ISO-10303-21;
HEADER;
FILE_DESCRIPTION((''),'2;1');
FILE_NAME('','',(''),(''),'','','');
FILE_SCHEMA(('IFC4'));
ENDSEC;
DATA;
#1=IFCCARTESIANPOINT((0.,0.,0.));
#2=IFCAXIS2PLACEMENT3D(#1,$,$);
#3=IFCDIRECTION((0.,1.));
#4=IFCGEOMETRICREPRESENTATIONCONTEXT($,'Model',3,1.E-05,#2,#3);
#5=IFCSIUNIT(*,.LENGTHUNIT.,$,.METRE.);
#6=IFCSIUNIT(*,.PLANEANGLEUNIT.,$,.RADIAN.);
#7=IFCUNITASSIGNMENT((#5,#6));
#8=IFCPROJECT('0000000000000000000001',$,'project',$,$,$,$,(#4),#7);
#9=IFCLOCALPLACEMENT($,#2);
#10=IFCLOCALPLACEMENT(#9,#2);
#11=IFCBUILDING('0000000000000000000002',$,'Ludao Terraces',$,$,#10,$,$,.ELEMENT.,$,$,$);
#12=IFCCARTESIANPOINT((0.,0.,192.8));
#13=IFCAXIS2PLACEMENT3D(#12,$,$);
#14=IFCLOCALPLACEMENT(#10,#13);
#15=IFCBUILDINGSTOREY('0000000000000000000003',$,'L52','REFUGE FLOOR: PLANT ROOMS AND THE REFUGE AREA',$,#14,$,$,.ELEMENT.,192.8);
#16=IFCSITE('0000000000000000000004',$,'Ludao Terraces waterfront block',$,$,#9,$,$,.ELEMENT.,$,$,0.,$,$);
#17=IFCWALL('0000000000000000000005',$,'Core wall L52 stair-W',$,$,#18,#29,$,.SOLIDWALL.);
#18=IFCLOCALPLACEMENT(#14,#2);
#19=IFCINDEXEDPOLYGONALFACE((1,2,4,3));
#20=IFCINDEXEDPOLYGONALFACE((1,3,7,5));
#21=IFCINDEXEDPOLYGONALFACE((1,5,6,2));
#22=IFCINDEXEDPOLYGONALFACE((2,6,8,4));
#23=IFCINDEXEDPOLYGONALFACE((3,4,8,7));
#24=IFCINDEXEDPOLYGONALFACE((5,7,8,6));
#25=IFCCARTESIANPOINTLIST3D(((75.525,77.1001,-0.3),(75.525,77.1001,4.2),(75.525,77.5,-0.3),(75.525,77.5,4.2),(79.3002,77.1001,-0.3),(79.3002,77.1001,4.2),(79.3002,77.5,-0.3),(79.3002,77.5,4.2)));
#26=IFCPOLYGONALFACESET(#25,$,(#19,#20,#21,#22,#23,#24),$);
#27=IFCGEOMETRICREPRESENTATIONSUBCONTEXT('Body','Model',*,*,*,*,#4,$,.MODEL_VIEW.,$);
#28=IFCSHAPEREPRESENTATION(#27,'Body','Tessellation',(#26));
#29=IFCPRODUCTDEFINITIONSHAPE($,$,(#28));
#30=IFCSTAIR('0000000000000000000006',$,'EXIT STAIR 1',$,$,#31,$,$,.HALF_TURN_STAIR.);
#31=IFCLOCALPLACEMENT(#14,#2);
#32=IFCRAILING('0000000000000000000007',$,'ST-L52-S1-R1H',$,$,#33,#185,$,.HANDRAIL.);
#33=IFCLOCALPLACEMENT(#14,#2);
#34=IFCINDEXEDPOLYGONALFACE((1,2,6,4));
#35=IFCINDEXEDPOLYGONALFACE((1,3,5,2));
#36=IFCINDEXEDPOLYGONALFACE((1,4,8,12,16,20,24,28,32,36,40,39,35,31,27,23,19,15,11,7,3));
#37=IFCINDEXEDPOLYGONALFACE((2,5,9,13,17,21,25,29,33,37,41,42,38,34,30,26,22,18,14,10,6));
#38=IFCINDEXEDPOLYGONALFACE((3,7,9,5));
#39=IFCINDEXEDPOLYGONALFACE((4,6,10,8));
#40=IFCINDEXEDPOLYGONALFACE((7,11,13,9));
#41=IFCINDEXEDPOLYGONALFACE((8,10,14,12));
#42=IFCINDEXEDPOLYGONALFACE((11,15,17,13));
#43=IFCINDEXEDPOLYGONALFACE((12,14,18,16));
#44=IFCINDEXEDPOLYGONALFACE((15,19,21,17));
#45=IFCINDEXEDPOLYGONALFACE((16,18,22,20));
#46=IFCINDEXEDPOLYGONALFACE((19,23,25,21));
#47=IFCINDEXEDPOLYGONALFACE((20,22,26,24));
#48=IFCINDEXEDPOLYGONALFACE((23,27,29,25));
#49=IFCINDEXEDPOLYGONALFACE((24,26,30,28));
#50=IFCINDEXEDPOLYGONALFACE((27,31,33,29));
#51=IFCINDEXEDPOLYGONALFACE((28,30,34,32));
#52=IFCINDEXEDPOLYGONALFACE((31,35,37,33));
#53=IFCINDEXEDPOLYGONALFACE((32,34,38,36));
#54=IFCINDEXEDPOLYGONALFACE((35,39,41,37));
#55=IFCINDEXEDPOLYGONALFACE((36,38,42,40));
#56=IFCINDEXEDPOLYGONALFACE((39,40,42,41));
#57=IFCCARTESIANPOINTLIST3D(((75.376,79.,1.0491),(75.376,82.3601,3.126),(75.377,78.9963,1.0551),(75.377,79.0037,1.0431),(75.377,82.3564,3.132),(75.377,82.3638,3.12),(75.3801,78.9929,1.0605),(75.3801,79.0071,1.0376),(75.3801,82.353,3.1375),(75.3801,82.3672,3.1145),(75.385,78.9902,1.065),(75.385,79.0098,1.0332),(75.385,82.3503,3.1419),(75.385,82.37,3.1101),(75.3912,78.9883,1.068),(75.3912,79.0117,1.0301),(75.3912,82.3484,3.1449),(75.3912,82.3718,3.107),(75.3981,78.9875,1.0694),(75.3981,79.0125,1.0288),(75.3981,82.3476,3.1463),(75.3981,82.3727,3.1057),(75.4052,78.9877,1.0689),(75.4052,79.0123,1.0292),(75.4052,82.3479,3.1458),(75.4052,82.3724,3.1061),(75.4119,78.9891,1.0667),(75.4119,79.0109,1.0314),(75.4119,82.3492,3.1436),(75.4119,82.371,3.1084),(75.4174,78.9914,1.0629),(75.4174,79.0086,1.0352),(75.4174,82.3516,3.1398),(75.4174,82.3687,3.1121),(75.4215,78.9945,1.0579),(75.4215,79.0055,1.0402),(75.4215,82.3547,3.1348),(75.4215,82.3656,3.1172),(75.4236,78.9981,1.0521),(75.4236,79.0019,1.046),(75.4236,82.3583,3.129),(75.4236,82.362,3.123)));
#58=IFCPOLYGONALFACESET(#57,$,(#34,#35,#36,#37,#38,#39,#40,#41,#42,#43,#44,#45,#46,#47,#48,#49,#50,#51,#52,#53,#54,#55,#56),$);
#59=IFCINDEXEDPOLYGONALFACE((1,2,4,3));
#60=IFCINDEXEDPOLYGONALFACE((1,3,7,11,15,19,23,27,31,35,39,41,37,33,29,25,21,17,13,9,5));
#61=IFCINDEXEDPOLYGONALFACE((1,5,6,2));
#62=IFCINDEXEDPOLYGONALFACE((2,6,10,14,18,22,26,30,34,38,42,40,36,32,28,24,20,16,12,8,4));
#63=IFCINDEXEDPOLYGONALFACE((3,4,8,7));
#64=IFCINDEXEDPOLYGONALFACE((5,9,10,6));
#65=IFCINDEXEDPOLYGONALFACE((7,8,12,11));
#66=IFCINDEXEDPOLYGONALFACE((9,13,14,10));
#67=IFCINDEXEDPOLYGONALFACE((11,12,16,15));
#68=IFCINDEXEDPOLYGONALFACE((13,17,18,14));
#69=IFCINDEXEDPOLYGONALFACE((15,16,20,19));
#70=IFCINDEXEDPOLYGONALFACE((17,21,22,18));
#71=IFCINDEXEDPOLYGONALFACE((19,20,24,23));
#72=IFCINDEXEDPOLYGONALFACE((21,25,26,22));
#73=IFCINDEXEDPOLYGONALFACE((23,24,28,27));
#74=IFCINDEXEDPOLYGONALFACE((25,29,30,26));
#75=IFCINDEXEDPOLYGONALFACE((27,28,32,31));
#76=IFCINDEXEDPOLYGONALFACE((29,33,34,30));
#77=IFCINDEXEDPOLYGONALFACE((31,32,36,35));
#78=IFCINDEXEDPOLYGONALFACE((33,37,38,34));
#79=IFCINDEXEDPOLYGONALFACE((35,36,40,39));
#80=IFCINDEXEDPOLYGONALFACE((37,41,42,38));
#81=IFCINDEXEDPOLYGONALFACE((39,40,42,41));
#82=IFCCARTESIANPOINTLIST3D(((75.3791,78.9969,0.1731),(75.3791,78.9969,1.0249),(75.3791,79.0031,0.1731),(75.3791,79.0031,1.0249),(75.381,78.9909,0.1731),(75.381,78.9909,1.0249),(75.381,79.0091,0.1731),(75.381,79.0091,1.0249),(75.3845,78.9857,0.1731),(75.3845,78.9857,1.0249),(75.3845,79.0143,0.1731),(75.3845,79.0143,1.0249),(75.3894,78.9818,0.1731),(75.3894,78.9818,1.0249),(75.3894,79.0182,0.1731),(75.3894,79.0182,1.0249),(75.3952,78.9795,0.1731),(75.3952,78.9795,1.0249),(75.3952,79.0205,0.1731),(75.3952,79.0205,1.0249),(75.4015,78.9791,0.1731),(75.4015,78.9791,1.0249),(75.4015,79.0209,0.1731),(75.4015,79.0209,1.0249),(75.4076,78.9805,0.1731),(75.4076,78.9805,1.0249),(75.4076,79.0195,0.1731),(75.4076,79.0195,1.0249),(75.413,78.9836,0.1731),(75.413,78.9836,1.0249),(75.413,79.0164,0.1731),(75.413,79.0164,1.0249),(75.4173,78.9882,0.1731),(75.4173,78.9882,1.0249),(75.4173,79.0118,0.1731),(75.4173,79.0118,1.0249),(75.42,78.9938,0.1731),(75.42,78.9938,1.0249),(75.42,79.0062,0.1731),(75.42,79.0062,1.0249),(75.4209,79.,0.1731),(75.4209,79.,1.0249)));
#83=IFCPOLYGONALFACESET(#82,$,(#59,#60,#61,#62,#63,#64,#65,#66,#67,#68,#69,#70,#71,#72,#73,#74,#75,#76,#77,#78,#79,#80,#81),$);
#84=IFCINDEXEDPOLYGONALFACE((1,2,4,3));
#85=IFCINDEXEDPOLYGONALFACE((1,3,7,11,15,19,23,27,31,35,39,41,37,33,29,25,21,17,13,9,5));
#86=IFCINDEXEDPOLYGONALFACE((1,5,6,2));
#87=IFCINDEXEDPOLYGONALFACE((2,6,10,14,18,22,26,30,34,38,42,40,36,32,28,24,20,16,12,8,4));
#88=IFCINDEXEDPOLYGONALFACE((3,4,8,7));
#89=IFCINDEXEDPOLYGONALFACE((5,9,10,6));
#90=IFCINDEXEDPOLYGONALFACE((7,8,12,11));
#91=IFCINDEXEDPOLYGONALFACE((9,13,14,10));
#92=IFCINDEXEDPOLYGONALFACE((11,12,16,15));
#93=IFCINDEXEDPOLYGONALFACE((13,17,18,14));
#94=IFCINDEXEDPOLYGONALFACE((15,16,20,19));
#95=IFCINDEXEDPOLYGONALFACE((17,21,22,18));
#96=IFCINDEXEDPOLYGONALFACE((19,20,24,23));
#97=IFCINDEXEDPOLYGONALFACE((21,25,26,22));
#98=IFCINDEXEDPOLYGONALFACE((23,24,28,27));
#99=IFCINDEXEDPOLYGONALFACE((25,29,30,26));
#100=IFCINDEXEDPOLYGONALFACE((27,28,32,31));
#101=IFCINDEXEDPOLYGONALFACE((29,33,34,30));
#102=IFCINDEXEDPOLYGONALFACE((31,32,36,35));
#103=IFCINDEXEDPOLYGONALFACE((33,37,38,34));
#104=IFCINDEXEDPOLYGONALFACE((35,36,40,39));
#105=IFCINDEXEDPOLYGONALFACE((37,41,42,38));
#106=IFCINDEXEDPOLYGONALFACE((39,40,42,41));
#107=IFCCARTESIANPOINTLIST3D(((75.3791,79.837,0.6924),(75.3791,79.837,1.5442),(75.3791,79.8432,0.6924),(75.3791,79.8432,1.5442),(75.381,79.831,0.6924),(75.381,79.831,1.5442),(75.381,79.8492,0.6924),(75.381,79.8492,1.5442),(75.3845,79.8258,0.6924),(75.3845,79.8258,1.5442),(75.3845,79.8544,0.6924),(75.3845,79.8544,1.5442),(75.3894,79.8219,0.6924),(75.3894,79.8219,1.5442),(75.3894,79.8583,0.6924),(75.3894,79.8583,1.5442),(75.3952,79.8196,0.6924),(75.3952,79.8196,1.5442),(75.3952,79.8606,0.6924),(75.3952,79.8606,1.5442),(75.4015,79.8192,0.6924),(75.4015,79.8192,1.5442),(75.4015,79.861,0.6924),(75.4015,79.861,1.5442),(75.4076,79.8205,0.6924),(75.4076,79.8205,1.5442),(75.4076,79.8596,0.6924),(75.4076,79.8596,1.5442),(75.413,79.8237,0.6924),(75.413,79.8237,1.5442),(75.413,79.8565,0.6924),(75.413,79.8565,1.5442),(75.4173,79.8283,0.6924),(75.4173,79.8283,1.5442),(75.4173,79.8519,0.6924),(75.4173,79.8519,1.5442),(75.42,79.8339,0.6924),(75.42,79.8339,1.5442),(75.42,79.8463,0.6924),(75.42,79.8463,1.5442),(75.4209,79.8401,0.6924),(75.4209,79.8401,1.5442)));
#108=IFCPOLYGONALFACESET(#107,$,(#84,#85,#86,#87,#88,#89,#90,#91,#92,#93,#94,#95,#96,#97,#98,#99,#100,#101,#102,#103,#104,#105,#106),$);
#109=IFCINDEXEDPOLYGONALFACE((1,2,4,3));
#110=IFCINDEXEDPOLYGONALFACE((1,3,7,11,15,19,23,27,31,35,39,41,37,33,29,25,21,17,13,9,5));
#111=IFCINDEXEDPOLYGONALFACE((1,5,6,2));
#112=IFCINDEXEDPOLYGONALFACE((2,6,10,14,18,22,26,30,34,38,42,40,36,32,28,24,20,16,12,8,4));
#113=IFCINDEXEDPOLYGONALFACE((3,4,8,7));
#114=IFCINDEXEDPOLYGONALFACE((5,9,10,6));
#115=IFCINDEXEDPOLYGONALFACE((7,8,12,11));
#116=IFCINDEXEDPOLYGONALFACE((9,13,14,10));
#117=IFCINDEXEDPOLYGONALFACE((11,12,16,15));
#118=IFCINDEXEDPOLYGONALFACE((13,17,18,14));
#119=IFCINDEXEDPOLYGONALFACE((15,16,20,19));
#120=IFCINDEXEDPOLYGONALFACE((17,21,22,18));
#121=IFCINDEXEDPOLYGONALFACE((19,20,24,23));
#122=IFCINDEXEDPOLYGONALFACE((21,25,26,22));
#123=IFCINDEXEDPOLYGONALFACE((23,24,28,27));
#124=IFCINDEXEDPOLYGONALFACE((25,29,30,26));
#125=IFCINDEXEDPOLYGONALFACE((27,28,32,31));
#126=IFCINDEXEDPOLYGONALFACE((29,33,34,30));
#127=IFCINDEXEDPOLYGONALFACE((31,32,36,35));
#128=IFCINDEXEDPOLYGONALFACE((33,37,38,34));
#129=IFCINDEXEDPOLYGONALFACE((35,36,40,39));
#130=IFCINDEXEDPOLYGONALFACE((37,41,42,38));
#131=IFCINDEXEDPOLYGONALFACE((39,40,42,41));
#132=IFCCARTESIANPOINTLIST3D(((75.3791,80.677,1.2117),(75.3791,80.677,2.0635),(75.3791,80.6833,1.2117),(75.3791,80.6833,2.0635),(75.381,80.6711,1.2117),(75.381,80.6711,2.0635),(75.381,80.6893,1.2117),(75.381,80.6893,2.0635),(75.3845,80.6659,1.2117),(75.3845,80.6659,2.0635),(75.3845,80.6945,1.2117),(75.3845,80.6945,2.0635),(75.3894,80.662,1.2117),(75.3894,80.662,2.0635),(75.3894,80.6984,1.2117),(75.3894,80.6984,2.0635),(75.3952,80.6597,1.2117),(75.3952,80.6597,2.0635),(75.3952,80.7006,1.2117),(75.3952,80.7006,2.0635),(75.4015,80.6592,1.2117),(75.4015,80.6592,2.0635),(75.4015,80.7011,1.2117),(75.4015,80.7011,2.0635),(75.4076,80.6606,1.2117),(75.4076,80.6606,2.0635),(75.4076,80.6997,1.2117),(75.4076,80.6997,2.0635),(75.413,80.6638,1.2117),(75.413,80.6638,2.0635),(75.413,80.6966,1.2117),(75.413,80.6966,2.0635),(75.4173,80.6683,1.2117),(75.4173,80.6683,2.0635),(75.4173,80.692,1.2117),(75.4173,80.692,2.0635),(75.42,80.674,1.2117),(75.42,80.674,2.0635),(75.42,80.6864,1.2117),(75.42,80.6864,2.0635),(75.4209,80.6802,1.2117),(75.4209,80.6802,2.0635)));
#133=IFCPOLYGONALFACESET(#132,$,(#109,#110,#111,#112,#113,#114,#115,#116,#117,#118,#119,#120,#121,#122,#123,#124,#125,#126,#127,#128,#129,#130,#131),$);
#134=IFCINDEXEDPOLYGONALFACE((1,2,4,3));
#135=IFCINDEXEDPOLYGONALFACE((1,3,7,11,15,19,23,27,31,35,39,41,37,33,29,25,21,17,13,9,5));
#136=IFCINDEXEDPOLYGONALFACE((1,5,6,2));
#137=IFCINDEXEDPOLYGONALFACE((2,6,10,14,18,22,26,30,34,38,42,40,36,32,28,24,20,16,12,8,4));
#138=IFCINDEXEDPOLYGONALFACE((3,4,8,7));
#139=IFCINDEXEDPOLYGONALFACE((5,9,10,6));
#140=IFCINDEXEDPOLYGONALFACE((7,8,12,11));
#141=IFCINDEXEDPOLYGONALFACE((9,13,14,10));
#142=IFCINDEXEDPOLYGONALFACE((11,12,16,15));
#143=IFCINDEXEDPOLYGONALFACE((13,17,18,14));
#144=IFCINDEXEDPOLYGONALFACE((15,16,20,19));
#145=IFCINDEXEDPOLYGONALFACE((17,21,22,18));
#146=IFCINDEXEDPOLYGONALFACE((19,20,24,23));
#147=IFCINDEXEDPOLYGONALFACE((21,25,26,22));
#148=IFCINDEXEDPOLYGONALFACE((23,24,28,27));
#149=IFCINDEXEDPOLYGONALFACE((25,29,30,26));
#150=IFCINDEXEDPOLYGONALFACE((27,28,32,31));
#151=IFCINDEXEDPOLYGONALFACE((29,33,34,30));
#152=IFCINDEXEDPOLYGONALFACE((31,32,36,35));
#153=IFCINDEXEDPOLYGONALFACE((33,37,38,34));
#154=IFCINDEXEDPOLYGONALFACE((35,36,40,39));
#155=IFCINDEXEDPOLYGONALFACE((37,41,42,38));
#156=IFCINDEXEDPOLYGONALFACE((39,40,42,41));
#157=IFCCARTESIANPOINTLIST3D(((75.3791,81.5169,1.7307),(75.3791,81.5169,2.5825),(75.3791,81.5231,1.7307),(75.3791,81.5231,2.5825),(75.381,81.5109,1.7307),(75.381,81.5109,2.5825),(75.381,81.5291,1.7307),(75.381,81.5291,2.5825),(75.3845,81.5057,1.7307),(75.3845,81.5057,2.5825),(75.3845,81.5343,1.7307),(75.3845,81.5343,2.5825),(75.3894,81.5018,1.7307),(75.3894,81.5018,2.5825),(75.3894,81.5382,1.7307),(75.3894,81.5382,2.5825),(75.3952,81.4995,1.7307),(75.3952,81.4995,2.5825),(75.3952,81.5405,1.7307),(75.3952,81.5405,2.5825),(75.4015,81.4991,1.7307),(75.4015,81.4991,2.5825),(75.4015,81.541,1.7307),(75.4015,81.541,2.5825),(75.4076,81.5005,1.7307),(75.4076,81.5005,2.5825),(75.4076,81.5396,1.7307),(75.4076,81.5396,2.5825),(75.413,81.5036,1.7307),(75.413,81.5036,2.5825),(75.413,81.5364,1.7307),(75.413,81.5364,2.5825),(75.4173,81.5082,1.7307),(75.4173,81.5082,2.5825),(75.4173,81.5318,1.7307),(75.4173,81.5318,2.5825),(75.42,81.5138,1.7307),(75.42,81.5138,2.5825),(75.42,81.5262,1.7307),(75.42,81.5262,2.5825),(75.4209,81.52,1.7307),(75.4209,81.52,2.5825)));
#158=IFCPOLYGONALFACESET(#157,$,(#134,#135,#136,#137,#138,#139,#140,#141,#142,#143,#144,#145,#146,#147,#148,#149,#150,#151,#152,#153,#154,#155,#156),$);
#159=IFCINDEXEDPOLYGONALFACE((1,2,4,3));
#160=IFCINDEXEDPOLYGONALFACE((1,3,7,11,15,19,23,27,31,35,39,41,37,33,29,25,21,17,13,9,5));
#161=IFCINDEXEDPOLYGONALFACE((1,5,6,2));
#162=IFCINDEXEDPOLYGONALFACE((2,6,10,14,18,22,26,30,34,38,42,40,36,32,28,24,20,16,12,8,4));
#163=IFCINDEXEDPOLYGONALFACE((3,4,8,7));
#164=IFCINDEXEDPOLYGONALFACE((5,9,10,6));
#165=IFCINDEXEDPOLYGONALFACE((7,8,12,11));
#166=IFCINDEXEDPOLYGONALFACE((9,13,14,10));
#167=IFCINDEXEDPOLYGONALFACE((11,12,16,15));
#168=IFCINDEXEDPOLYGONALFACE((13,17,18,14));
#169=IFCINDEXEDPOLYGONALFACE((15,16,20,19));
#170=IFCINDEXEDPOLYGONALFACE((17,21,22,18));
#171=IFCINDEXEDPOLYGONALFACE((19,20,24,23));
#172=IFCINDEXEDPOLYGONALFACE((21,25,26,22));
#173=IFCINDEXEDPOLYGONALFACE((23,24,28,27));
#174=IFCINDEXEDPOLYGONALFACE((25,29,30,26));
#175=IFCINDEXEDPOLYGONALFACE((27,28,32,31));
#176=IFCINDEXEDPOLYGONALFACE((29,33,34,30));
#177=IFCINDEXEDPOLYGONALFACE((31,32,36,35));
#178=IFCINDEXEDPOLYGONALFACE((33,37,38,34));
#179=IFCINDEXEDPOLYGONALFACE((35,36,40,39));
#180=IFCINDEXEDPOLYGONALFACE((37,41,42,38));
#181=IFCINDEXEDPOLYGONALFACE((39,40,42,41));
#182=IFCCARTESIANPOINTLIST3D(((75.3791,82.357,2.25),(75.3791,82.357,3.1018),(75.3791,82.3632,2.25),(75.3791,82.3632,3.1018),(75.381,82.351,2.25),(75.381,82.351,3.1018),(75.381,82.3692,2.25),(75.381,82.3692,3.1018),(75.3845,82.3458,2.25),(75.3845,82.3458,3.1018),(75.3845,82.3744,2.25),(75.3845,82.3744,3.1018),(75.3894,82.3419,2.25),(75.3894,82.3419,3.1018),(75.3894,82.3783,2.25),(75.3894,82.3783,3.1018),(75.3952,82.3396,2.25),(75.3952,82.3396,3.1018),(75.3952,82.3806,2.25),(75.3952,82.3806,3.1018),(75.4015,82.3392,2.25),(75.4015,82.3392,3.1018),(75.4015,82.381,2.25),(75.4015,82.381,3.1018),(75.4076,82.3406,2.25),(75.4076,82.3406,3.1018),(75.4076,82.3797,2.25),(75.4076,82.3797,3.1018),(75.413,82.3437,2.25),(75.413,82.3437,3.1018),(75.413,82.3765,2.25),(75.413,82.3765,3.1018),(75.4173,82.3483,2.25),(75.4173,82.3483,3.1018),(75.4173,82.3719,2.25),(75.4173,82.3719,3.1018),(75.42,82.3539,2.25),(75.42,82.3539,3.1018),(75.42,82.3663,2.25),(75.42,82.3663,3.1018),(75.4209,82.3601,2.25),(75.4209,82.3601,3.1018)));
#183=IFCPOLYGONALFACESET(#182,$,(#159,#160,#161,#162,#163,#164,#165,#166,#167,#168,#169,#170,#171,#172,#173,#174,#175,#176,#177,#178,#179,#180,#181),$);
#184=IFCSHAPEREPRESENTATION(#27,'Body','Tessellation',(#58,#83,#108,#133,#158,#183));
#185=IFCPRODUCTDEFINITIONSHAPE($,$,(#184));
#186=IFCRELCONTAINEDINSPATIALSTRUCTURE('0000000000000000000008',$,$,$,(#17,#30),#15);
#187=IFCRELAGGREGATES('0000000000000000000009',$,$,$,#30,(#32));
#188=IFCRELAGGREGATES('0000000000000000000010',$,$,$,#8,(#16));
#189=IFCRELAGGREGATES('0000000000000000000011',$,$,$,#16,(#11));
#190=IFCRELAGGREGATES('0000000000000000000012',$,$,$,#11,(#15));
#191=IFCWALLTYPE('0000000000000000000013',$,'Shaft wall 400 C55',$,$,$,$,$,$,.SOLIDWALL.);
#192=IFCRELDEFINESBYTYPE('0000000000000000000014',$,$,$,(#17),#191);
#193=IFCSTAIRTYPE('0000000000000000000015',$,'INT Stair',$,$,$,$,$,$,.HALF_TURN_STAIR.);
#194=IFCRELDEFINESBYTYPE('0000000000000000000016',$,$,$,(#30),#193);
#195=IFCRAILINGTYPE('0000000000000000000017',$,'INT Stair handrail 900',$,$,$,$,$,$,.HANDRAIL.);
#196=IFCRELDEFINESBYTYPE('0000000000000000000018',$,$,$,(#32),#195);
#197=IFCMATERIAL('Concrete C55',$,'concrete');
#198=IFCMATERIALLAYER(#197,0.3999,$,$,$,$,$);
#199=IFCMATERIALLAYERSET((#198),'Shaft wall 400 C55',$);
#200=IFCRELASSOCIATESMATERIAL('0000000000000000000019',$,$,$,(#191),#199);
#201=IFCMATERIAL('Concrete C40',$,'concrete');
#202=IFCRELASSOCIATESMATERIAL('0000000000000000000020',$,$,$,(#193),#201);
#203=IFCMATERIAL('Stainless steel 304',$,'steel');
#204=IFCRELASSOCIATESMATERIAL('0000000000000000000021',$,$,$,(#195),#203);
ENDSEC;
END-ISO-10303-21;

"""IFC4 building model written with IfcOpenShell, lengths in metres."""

from ifc_helpers import new_model, si_unit, direction, frame, frame_2d, origin, origin_2d, place, context, subcontext, project, spatial, rectangle, circle, extrude, material, layer, layer_set, type_object, element, aggregate, save


model = new_model("IFC4")

# Units and contexts
model_context = context("Model", 3, precision=1e-05, world=origin(), true_north=direction((0.0, 1.0)))
body_context = subcontext(model_context, "Body", "Model", "MODEL_VIEW")
ifc_project = project(units=[si_unit("LENGTHUNIT", "METRE"), si_unit("PLANEANGLEUNIT", "RADIAN")], contexts=[model_context])

# Site, building, storey
site_placement = place(None, origin())
site = spatial("IfcSite", under=ifc_project, at=site_placement, Name="Ludao Terraces waterfront block", CompositionType="ELEMENT", RefElevation=0.0)
building_placement = place(site_placement, origin())
building = spatial("IfcBuilding", under=site, at=building_placement, Name="Ludao Terraces", CompositionType="ELEMENT")
storey_placement = place(building_placement, frame((0.0, 0.0, 192.8)))
storey = spatial("IfcBuildingStorey", under=building, at=storey_placement, Name="L52", Description="REFUGE FLOOR: PLANT ROOMS AND THE REFUGE AREA", CompositionType="ELEMENT", Elevation=192.8)

# Shared definitions
ifc_material_1 = material(Name="Concrete C55", Category="concrete")

# Shared definitions
ifc_material_2 = material(Name="Stainless steel 304", Category="steel")

# Wall
ifc_layer_1 = layer(ifc_material_1, 0.3999)
ifc_layer_set_1 = layer_set([ifc_layer_1], Name="Shaft wall 400 C55")
wall_type_1 = type_object("IfcWallType", Name="Shaft wall 400 C55", PredefinedType="SOLIDWALL", material=ifc_layer_set_1)
wall_1_placement = place(storey_placement, frame((75.5249, 77.3, -0.3), z_axis=(0.0, 0.0, 1.0), x_axis=(1.0, 0.0, 0.0)))
element("IfcWall", 1, at=wall_1_placement, inside=storey, type_object=wall_type_1, Name="Core wall L52 stair-W", PredefinedType="SOLIDWALL", context=body_context, shape_type="SweptSolid", body=[
    extrude(rectangle(XDim=3.7751, YDim=0.3999, at=frame_2d((1.8877, 0.0))), origin(), (0.0, 0.0, 1.0), 4.5),
])

# Stair, railing
ifc_material_3 = material(Name="Concrete C40", Category="concrete")
stair_type = type_object("IfcStairType", Name="INT Stair", PredefinedType="HALF_TURN_STAIR", material=ifc_material_3)
stair_placement = place(storey_placement, origin())
stair = element("IfcStair", 2, at=stair_placement, inside=storey, type_object=stair_type, Name="EXIT STAIR 1", PredefinedType="HALF_TURN_STAIR")
railing_type = type_object("IfcRailingType", Name="INT Stair handrail 900", PredefinedType="HANDRAIL", material=ifc_material_2)
railing_placement = place(storey_placement, frame((75.3999, 79.0, 0.1731)))
railing = element("IfcRailing", 3, at=railing_placement, type_object=railing_type, Name="ST-L52-S1-R1H", PredefinedType="HANDRAIL", context=body_context, shape_type="SweptSolid", body=[
    extrude(circle(Radius=0.0239, at=origin_2d()), frame((0.0, 0.0, 0.876), z_axis=(0.0, 0.850623, 0.525776), x_axis=(-1.0, 0.0, 0.0)), (0.0, 0.0, 1.0), 3.9502),
    extrude(circle(Radius=0.021, at=origin_2d()), origin(), (0.0, 0.0, 1.0), 0.8518),
    extrude(circle(Radius=0.021, at=origin_2d()), frame((0.0, 0.8401, 0.5193)), (0.0, 0.0, 1.0), 0.8518),
    extrude(circle(Radius=0.021, at=origin_2d()), frame((0.0, 1.6802, 1.0386)), (0.0, 0.0, 1.0), 0.8518),
    extrude(circle(Radius=0.021, at=origin_2d()), frame((0.0, 2.52, 1.5576)), (0.0, 0.0, 1.0), 0.8518),
    extrude(circle(Radius=0.021, at=origin_2d()), frame((0.0, 3.3601, 2.0769)), (0.0, 0.0, 1.0), 0.8518),
])
aggregate(stair, [railing])

save(model, "model.ifc")
